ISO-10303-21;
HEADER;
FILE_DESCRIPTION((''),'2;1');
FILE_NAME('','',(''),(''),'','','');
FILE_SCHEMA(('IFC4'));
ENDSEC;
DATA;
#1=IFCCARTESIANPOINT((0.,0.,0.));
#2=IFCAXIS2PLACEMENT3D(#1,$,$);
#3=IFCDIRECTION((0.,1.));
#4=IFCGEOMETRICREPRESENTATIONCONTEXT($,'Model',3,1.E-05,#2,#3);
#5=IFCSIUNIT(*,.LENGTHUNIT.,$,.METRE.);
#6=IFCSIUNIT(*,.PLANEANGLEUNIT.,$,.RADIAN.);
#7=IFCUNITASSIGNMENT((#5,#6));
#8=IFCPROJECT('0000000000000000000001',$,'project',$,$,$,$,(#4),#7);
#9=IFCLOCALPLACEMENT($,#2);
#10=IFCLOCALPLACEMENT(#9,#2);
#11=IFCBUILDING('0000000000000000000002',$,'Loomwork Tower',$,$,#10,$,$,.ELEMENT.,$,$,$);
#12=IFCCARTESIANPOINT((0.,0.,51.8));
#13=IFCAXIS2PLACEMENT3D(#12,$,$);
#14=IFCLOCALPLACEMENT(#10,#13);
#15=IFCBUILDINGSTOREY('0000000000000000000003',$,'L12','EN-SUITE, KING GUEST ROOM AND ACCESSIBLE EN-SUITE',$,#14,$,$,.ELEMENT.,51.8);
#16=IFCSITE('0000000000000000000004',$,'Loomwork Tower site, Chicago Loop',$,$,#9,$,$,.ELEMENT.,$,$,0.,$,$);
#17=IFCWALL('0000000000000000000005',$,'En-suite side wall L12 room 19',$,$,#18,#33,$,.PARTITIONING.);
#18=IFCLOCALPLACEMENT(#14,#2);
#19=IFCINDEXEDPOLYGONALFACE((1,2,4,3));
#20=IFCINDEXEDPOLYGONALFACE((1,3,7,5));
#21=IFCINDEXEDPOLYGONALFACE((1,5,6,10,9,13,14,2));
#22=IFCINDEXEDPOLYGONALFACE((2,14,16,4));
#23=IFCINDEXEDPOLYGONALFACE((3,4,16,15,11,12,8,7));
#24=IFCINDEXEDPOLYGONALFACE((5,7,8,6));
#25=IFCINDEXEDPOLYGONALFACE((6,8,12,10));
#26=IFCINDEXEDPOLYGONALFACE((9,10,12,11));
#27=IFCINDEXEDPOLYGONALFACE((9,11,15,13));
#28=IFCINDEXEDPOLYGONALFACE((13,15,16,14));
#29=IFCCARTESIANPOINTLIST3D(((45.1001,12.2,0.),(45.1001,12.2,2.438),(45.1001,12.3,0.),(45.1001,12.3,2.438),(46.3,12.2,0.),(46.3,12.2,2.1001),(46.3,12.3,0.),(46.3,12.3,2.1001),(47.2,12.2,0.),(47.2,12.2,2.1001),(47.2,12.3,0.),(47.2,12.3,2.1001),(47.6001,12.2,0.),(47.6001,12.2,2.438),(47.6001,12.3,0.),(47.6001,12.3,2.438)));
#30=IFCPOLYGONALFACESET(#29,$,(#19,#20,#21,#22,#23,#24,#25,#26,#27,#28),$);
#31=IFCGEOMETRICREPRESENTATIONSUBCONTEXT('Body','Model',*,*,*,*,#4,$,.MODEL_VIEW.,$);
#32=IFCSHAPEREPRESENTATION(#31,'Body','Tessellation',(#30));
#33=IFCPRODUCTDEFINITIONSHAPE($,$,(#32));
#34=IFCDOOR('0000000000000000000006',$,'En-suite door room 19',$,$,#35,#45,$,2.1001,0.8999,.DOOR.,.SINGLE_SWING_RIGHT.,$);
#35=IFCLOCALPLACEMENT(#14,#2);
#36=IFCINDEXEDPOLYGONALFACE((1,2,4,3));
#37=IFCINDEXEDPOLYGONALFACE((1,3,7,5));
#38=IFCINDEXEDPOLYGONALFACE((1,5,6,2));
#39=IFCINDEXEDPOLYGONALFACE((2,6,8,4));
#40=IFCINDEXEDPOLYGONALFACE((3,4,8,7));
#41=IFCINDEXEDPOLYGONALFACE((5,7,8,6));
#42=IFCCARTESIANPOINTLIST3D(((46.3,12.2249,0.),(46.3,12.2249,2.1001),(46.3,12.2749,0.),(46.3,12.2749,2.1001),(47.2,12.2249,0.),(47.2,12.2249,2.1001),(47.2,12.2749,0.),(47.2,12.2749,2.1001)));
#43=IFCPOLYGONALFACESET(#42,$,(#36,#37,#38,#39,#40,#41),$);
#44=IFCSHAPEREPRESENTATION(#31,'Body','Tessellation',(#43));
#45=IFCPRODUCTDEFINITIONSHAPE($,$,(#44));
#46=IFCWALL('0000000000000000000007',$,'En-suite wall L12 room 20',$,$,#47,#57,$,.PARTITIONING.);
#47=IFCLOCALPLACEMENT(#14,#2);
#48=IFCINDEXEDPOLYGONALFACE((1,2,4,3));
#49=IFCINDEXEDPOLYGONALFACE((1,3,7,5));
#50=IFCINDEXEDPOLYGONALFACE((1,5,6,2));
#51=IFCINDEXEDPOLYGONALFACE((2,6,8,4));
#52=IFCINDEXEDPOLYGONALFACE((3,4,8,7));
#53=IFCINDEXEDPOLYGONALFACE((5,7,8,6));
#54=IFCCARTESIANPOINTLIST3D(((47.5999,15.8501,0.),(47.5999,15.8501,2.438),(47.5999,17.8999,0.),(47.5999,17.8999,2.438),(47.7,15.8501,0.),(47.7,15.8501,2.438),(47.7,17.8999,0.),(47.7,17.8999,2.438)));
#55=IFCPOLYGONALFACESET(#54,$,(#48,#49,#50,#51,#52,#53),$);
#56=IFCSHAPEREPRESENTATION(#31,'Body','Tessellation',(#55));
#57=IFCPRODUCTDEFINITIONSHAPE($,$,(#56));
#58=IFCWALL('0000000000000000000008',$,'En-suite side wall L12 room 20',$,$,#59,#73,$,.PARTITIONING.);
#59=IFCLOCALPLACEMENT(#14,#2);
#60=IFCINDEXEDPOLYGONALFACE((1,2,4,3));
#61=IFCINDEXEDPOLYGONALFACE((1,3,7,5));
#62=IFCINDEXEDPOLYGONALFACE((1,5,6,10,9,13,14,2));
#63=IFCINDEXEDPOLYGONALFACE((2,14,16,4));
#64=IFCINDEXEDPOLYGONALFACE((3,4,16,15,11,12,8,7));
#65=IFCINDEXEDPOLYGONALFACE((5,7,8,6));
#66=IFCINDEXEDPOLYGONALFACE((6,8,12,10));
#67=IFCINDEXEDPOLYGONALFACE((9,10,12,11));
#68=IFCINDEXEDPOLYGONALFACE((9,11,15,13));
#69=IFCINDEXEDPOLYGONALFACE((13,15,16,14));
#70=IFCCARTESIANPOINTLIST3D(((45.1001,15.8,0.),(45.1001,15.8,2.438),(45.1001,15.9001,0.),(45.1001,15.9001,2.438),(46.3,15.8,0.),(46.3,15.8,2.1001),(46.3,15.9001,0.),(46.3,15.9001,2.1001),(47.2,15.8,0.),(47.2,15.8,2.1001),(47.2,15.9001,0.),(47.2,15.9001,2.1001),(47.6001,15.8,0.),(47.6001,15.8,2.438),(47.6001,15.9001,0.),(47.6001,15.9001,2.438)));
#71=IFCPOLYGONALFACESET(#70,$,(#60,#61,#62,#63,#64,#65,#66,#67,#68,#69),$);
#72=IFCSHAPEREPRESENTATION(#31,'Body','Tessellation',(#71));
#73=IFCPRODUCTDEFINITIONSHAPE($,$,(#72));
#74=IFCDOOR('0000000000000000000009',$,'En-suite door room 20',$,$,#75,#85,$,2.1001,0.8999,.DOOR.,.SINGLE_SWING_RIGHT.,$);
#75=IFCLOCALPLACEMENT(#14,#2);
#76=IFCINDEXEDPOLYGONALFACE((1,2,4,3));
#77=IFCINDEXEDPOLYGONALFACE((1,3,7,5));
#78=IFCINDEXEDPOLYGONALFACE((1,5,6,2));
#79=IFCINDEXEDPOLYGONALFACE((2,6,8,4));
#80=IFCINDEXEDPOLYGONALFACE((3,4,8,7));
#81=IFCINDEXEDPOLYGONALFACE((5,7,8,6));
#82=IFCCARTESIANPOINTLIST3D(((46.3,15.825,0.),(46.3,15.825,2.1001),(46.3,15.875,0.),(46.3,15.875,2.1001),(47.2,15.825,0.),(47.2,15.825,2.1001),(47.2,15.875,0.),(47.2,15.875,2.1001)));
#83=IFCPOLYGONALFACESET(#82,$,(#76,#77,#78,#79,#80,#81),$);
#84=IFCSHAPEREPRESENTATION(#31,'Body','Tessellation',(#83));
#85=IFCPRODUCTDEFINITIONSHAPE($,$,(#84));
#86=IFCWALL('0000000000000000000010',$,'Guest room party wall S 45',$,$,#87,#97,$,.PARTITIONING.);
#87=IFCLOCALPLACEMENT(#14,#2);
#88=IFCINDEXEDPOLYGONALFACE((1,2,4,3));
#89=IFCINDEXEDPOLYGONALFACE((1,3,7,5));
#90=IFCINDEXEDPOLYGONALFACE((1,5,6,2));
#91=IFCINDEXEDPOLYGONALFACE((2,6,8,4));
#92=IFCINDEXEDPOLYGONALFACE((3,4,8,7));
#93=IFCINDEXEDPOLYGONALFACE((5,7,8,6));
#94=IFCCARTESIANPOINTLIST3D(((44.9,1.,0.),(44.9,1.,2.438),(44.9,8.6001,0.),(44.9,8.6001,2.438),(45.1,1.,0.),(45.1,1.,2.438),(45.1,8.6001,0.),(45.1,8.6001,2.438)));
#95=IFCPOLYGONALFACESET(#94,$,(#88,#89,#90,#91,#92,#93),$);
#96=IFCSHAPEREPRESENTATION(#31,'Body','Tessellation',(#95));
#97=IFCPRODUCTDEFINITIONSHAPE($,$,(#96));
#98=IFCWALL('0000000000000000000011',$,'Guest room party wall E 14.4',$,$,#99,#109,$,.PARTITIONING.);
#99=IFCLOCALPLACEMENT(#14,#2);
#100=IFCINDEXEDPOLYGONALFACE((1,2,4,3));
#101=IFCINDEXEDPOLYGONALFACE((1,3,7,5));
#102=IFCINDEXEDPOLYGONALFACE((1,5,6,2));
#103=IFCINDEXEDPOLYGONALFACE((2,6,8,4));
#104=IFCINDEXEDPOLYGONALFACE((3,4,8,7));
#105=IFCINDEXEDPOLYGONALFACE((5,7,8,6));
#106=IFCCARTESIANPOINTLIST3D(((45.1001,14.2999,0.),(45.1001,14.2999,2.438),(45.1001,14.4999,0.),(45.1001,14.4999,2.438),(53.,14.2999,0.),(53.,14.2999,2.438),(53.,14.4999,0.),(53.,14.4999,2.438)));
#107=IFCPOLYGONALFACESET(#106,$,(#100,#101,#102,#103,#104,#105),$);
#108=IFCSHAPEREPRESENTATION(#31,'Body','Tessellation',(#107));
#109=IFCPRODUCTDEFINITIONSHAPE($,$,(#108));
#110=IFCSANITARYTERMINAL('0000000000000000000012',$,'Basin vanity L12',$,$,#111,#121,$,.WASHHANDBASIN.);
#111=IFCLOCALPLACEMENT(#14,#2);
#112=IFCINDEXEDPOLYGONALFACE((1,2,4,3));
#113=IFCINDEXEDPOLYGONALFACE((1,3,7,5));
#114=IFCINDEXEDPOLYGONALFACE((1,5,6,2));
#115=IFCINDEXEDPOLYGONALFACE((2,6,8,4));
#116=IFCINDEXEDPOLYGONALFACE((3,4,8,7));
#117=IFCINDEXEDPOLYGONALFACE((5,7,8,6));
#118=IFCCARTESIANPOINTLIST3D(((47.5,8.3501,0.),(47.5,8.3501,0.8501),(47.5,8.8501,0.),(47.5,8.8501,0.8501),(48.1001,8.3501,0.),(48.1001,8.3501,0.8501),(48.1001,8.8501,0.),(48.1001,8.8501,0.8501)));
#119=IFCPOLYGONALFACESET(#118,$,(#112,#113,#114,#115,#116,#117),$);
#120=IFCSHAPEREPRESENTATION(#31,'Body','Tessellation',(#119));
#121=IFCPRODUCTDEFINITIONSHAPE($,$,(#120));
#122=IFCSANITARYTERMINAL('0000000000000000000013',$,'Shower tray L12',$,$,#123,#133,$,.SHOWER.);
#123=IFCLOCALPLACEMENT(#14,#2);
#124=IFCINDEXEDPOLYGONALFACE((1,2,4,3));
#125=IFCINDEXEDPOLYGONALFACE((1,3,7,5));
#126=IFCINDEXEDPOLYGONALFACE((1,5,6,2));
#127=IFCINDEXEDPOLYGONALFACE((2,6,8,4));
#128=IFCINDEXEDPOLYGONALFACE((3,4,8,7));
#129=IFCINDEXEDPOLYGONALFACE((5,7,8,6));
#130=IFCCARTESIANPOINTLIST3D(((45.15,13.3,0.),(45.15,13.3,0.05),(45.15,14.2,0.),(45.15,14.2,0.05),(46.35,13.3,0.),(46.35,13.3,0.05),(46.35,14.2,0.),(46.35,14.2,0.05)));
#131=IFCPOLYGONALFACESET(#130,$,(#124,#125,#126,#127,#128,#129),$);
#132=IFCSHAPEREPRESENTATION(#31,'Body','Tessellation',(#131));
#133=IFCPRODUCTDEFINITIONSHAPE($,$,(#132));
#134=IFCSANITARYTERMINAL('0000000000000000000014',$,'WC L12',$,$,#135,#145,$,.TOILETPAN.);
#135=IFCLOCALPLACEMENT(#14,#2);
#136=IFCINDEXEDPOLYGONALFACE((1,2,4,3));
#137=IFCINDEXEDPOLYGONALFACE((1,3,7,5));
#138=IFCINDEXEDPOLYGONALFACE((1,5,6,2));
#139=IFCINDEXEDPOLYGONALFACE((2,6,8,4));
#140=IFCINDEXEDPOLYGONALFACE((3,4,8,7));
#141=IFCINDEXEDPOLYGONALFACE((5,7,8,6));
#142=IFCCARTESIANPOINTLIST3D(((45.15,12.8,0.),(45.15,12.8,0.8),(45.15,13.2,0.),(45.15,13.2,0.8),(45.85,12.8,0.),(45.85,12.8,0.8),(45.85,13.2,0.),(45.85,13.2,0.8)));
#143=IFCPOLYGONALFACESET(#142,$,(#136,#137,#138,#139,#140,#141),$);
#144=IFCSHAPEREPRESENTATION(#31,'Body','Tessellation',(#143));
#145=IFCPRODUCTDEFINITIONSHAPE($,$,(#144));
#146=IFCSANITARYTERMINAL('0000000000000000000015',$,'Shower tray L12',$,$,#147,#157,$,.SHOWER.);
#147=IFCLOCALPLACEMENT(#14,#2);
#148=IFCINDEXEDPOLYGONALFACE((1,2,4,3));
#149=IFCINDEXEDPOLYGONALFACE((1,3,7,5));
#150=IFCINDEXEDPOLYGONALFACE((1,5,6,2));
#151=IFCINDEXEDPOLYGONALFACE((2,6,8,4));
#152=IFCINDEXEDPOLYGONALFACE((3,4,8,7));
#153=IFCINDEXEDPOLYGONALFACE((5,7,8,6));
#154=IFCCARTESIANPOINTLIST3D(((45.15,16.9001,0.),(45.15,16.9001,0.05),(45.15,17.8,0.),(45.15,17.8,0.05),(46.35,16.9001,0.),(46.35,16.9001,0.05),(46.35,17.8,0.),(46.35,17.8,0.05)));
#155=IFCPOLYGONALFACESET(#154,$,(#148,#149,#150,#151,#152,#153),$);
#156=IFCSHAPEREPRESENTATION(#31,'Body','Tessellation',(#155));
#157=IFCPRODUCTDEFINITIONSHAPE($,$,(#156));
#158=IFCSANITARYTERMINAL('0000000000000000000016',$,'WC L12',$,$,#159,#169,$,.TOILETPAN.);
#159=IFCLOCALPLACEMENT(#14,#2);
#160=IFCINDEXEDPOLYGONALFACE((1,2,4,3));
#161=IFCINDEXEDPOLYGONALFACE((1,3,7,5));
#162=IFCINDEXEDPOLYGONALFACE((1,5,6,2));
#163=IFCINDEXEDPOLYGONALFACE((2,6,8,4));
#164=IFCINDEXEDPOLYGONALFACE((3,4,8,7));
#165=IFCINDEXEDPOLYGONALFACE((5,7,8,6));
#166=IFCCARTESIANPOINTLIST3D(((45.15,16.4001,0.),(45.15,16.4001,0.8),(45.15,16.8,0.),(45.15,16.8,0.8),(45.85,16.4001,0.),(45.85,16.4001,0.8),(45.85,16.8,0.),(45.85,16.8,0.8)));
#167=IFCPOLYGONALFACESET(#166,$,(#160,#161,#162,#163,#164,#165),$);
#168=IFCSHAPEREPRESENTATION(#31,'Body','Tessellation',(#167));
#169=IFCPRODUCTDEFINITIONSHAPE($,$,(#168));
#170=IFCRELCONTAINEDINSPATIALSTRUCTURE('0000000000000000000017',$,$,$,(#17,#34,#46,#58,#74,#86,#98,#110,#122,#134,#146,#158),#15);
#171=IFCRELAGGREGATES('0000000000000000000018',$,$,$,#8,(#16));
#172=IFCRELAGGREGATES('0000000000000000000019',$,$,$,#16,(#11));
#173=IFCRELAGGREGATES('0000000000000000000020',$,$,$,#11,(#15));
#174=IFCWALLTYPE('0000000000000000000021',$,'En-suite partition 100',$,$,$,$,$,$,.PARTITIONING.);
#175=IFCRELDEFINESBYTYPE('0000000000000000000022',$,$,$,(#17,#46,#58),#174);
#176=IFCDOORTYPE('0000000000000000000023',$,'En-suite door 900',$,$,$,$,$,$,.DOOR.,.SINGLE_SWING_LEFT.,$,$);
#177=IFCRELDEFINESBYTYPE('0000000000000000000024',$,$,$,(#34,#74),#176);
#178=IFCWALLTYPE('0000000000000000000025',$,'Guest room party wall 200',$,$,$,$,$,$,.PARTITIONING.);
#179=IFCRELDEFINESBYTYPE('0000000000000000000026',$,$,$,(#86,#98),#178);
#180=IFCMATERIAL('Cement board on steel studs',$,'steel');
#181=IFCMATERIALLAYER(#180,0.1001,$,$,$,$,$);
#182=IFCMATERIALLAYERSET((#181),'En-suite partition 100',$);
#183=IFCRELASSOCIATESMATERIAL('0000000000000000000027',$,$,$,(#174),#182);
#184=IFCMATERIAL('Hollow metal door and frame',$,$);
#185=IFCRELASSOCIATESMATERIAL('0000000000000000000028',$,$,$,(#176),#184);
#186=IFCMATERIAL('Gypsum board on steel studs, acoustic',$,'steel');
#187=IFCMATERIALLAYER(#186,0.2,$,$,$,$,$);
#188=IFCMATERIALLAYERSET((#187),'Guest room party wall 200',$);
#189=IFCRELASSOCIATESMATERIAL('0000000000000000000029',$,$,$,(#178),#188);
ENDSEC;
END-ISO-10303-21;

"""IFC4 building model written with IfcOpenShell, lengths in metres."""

from ifc_helpers import new_model, si_unit, direction, frame, frame_2d, origin, origin_2d, place, context, subcontext, project, spatial, rectangle, extrude, material, layer, layer_set, type_object, element, fill, save


model = new_model("IFC4")

# Units and contexts
model_context = context("Model", 3, precision=1e-05, world=origin(), true_north=direction((0.0, 1.0)))
body_context = subcontext(model_context, "Body", "Model", "MODEL_VIEW")
ifc_project = project(units=[si_unit("LENGTHUNIT", "METRE"), si_unit("PLANEANGLEUNIT", "RADIAN")], contexts=[model_context])

# Site, building, storey
site_placement = place(None, origin())
site = spatial("IfcSite", under=ifc_project, at=site_placement, Name="Loomwork Tower site, Chicago Loop", CompositionType="ELEMENT", RefElevation=0.0)
building_placement = place(site_placement, origin())
building = spatial("IfcBuilding", under=site, at=building_placement, Name="Loomwork Tower", CompositionType="ELEMENT")
storey_placement = place(building_placement, frame((0.0, 0.0, 51.8)))
storey = spatial("IfcBuildingStorey", under=building, at=storey_placement, Name="L12", Description="EN-SUITE, KING GUEST ROOM AND ACCESSIBLE EN-SUITE", CompositionType="ELEMENT", Elevation=51.8)

# Shared definitions
ifc_material_1 = material(Name="Cement board on steel studs", Category="steel")
ifc_layer_1 = layer(ifc_material_1, 0.1001)
ifc_layer_set_1 = layer_set([ifc_layer_1], Name="En-suite partition 100")
wall_type_1 = type_object("IfcWallType", Name="En-suite partition 100", PredefinedType="PARTITIONING", material=ifc_layer_set_1)

# Wall, opening, door
wall_1_placement = place(storey_placement, frame((45.1001, 12.25, 0.0), z_axis=(0.0, 0.0, 1.0), x_axis=(1.0, 0.0, 0.0)))
wall_1 = element("IfcWall", 1, at=wall_1_placement, inside=storey, type_object=wall_type_1, Name="En-suite side wall L12 room 19", PredefinedType="PARTITIONING", context=body_context, shape_type="SweptSolid", body=[
    extrude(rectangle(XDim=2.5, YDim=0.1001, at=frame_2d((1.25, 0.0))), origin(), (0.0, 0.0, 1.0), 2.438),
])
opening_1_placement = place(wall_1_placement, frame((1.2, 0.0, 0.0)))
opening_1 = element("IfcOpeningElement", 2, at=opening_1_placement, cuts=wall_1, PredefinedType="OPENING", context=body_context, shape_type="SweptSolid", body=[
    extrude(rectangle(XDim=0.8999, YDim=2.1001, at=frame_2d((0.45, 1.05))), frame((0.0, 0.0601, 0.0), z_axis=(0.0, -1.0, 0.0), x_axis=(1.0, 0.0, 0.0)), (0.0, 0.0, 1.0), 0.1201),
])
ifc_material_2 = material(Name="Hollow metal door and frame")
door_type_1 = type_object("IfcDoorType", Name="En-suite door 900", OperationType="SINGLE_SWING_LEFT", PredefinedType="DOOR", material=ifc_material_2)
door_1_placement = place(opening_1_placement, origin())
door_1 = element("IfcDoor", 3, at=door_1_placement, inside=storey, type_object=door_type_1, Name="En-suite door room 19", OperationType="SINGLE_SWING_RIGHT", OverallHeight=2.1001, OverallWidth=0.8999, PredefinedType="DOOR", context=body_context, shape_type="SweptSolid", body=[
    extrude(rectangle(XDim=0.8999, YDim=2.1001, at=frame_2d((0.45, 1.05))), frame((0.0, 0.0249, 0.0), z_axis=(0.0, -1.0, 0.0), x_axis=(1.0, 0.0, 0.0)), (0.0, 0.0, 1.0), 0.05),
])
fill(opening_1, door_1)

# Wall
wall_2_placement = place(storey_placement, frame((47.6499, 15.8501, 0.0), z_axis=(0.0, 0.0, 1.0), x_axis=(0.0, 1.0, 0.0)))
element("IfcWall", 4, at=wall_2_placement, inside=storey, type_object=wall_type_1, Name="En-suite wall L12 room 20", PredefinedType="PARTITIONING", context=body_context, shape_type="SweptSolid", body=[
    extrude(rectangle(XDim=2.0498, YDim=0.1001, at=frame_2d((1.0249, 0.0))), origin(), (0.0, 0.0, 1.0), 2.438),
])

# Wall, opening, door
wall_3_placement = place(storey_placement, frame((45.1001, 15.8501, 0.0), z_axis=(0.0, 0.0, 1.0), x_axis=(1.0, 0.0, 0.0)))
wall_3 = element("IfcWall", 5, at=wall_3_placement, inside=storey, type_object=wall_type_1, Name="En-suite side wall L12 room 20", PredefinedType="PARTITIONING", context=body_context, shape_type="SweptSolid", body=[
    extrude(rectangle(XDim=2.5, YDim=0.1001, at=frame_2d((1.25, 0.0))), origin(), (0.0, 0.0, 1.0), 2.438),
])
opening_2_placement = place(wall_3_placement, frame((1.2, 0.0, 0.0)))
opening_2 = element("IfcOpeningElement", 6, at=opening_2_placement, cuts=wall_3, PredefinedType="OPENING", context=body_context, shape_type="SweptSolid", body=[
    extrude(rectangle(XDim=0.8999, YDim=2.1001, at=frame_2d((0.45, 1.05))), frame((0.0, 0.0601, 0.0), z_axis=(0.0, -1.0, 0.0), x_axis=(1.0, 0.0, 0.0)), (0.0, 0.0, 1.0), 0.1201),
])
door_2_placement = place(opening_2_placement, origin())
door_2 = element("IfcDoor", 7, at=door_2_placement, inside=storey, type_object=door_type_1, Name="En-suite door room 20", OperationType="SINGLE_SWING_RIGHT", OverallHeight=2.1001, OverallWidth=0.8999, PredefinedType="DOOR", context=body_context, shape_type="SweptSolid", body=[
    extrude(rectangle(XDim=0.8999, YDim=2.1001, at=frame_2d((0.45, 1.05))), frame((0.0, 0.0249, 0.0), z_axis=(0.0, -1.0, 0.0), x_axis=(1.0, 0.0, 0.0)), (0.0, 0.0, 1.0), 0.05),
])
fill(opening_2, door_2)

# Walls
ifc_material_3 = material(Name="Gypsum board on steel studs, acoustic", Category="steel")
ifc_layer_2 = layer(ifc_material_3, 0.2)
ifc_layer_set_2 = layer_set([ifc_layer_2], Name="Guest room party wall 200")
wall_type_2 = type_object("IfcWallType", Name="Guest room party wall 200", PredefinedType="PARTITIONING", material=ifc_layer_set_2)
wall_4_placement = place(storey_placement, frame((45.0, 8.6001, 0.0), z_axis=(0.0, 0.0, 1.0), x_axis=(0.0, -1.0, 0.0)))
element("IfcWall", 8, at=wall_4_placement, inside=storey, type_object=wall_type_2, Name="Guest room party wall S 45", PredefinedType="PARTITIONING", context=body_context, shape_type="SweptSolid", body=[
    extrude(rectangle(XDim=7.6001, YDim=0.2, at=frame_2d((3.8, 0.0))), origin(), (0.0, 0.0, 1.0), 2.438),
])
wall_5_placement = place(storey_placement, frame((45.1001, 14.3999, 0.0), z_axis=(0.0, 0.0, 1.0), x_axis=(1.0, 0.0, 0.0)))
element("IfcWall", 9, at=wall_5_placement, inside=storey, type_object=wall_type_2, Name="Guest room party wall E 14.4", PredefinedType="PARTITIONING", context=body_context, shape_type="SweptSolid", body=[
    extrude(rectangle(XDim=7.8999, YDim=0.2, at=frame_2d((3.95, 0.0))), origin(), (0.0, 0.0, 1.0), 2.438),
])

# Sanitary terminals
sanitary_terminal_1_placement = place(storey_placement, frame((47.8, 8.6001, 0.0), z_axis=(0.0, 0.0, 1.0), x_axis=(1.0, 0.0, 0.0)))
element("IfcSanitaryTerminal", 10, at=sanitary_terminal_1_placement, inside=storey, Name="Basin vanity L12", PredefinedType="WASHHANDBASIN", context=body_context, shape_type="SweptSolid", body=[
    extrude(rectangle(XDim=0.6001, YDim=0.5, at=origin_2d()), origin(), (0.0, 0.0, 1.0), 0.8501),
])
sanitary_terminal_2_placement = place(storey_placement, frame((45.75, 13.75, 0.0), z_axis=(0.0, 0.0, 1.0), x_axis=(1.0, 0.0, 0.0)))
element("IfcSanitaryTerminal", 11, at=sanitary_terminal_2_placement, inside=storey, Name="Shower tray L12", PredefinedType="SHOWER", context=body_context, shape_type="SweptSolid", body=[
    extrude(rectangle(XDim=1.2, YDim=0.8999, at=origin_2d()), origin(), (0.0, 0.0, 1.0), 0.05),
])
sanitary_terminal_3_placement = place(storey_placement, frame((45.5, 13.0, 0.0), z_axis=(0.0, 0.0, 1.0), x_axis=(1.0, 0.0, 0.0)))
element("IfcSanitaryTerminal", 12, at=sanitary_terminal_3_placement, inside=storey, Name="WC L12", PredefinedType="TOILETPAN", context=body_context, shape_type="SweptSolid", body=[
    extrude(rectangle(XDim=0.7, YDim=0.3999, at=origin_2d()), origin(), (0.0, 0.0, 1.0), 0.8),
])
sanitary_terminal_4_placement = place(storey_placement, frame((45.75, 17.3501, 0.0), z_axis=(0.0, 0.0, 1.0), x_axis=(1.0, 0.0, 0.0)))
element("IfcSanitaryTerminal", 13, at=sanitary_terminal_4_placement, inside=storey, Name="Shower tray L12", PredefinedType="SHOWER", context=body_context, shape_type="SweptSolid", body=[
    extrude(rectangle(XDim=1.2, YDim=0.8999, at=origin_2d()), origin(), (0.0, 0.0, 1.0), 0.05),
])
sanitary_terminal_5_placement = place(storey_placement, frame((45.5, 16.6001, 0.0), z_axis=(0.0, 0.0, 1.0), x_axis=(1.0, 0.0, 0.0)))
element("IfcSanitaryTerminal", 14, at=sanitary_terminal_5_placement, inside=storey, Name="WC L12", PredefinedType="TOILETPAN", context=body_context, shape_type="SweptSolid", body=[
    extrude(rectangle(XDim=0.7, YDim=0.3999, at=origin_2d()), origin(), (0.0, 0.0, 1.0), 0.8),
])

save(model, "model.ifc")
